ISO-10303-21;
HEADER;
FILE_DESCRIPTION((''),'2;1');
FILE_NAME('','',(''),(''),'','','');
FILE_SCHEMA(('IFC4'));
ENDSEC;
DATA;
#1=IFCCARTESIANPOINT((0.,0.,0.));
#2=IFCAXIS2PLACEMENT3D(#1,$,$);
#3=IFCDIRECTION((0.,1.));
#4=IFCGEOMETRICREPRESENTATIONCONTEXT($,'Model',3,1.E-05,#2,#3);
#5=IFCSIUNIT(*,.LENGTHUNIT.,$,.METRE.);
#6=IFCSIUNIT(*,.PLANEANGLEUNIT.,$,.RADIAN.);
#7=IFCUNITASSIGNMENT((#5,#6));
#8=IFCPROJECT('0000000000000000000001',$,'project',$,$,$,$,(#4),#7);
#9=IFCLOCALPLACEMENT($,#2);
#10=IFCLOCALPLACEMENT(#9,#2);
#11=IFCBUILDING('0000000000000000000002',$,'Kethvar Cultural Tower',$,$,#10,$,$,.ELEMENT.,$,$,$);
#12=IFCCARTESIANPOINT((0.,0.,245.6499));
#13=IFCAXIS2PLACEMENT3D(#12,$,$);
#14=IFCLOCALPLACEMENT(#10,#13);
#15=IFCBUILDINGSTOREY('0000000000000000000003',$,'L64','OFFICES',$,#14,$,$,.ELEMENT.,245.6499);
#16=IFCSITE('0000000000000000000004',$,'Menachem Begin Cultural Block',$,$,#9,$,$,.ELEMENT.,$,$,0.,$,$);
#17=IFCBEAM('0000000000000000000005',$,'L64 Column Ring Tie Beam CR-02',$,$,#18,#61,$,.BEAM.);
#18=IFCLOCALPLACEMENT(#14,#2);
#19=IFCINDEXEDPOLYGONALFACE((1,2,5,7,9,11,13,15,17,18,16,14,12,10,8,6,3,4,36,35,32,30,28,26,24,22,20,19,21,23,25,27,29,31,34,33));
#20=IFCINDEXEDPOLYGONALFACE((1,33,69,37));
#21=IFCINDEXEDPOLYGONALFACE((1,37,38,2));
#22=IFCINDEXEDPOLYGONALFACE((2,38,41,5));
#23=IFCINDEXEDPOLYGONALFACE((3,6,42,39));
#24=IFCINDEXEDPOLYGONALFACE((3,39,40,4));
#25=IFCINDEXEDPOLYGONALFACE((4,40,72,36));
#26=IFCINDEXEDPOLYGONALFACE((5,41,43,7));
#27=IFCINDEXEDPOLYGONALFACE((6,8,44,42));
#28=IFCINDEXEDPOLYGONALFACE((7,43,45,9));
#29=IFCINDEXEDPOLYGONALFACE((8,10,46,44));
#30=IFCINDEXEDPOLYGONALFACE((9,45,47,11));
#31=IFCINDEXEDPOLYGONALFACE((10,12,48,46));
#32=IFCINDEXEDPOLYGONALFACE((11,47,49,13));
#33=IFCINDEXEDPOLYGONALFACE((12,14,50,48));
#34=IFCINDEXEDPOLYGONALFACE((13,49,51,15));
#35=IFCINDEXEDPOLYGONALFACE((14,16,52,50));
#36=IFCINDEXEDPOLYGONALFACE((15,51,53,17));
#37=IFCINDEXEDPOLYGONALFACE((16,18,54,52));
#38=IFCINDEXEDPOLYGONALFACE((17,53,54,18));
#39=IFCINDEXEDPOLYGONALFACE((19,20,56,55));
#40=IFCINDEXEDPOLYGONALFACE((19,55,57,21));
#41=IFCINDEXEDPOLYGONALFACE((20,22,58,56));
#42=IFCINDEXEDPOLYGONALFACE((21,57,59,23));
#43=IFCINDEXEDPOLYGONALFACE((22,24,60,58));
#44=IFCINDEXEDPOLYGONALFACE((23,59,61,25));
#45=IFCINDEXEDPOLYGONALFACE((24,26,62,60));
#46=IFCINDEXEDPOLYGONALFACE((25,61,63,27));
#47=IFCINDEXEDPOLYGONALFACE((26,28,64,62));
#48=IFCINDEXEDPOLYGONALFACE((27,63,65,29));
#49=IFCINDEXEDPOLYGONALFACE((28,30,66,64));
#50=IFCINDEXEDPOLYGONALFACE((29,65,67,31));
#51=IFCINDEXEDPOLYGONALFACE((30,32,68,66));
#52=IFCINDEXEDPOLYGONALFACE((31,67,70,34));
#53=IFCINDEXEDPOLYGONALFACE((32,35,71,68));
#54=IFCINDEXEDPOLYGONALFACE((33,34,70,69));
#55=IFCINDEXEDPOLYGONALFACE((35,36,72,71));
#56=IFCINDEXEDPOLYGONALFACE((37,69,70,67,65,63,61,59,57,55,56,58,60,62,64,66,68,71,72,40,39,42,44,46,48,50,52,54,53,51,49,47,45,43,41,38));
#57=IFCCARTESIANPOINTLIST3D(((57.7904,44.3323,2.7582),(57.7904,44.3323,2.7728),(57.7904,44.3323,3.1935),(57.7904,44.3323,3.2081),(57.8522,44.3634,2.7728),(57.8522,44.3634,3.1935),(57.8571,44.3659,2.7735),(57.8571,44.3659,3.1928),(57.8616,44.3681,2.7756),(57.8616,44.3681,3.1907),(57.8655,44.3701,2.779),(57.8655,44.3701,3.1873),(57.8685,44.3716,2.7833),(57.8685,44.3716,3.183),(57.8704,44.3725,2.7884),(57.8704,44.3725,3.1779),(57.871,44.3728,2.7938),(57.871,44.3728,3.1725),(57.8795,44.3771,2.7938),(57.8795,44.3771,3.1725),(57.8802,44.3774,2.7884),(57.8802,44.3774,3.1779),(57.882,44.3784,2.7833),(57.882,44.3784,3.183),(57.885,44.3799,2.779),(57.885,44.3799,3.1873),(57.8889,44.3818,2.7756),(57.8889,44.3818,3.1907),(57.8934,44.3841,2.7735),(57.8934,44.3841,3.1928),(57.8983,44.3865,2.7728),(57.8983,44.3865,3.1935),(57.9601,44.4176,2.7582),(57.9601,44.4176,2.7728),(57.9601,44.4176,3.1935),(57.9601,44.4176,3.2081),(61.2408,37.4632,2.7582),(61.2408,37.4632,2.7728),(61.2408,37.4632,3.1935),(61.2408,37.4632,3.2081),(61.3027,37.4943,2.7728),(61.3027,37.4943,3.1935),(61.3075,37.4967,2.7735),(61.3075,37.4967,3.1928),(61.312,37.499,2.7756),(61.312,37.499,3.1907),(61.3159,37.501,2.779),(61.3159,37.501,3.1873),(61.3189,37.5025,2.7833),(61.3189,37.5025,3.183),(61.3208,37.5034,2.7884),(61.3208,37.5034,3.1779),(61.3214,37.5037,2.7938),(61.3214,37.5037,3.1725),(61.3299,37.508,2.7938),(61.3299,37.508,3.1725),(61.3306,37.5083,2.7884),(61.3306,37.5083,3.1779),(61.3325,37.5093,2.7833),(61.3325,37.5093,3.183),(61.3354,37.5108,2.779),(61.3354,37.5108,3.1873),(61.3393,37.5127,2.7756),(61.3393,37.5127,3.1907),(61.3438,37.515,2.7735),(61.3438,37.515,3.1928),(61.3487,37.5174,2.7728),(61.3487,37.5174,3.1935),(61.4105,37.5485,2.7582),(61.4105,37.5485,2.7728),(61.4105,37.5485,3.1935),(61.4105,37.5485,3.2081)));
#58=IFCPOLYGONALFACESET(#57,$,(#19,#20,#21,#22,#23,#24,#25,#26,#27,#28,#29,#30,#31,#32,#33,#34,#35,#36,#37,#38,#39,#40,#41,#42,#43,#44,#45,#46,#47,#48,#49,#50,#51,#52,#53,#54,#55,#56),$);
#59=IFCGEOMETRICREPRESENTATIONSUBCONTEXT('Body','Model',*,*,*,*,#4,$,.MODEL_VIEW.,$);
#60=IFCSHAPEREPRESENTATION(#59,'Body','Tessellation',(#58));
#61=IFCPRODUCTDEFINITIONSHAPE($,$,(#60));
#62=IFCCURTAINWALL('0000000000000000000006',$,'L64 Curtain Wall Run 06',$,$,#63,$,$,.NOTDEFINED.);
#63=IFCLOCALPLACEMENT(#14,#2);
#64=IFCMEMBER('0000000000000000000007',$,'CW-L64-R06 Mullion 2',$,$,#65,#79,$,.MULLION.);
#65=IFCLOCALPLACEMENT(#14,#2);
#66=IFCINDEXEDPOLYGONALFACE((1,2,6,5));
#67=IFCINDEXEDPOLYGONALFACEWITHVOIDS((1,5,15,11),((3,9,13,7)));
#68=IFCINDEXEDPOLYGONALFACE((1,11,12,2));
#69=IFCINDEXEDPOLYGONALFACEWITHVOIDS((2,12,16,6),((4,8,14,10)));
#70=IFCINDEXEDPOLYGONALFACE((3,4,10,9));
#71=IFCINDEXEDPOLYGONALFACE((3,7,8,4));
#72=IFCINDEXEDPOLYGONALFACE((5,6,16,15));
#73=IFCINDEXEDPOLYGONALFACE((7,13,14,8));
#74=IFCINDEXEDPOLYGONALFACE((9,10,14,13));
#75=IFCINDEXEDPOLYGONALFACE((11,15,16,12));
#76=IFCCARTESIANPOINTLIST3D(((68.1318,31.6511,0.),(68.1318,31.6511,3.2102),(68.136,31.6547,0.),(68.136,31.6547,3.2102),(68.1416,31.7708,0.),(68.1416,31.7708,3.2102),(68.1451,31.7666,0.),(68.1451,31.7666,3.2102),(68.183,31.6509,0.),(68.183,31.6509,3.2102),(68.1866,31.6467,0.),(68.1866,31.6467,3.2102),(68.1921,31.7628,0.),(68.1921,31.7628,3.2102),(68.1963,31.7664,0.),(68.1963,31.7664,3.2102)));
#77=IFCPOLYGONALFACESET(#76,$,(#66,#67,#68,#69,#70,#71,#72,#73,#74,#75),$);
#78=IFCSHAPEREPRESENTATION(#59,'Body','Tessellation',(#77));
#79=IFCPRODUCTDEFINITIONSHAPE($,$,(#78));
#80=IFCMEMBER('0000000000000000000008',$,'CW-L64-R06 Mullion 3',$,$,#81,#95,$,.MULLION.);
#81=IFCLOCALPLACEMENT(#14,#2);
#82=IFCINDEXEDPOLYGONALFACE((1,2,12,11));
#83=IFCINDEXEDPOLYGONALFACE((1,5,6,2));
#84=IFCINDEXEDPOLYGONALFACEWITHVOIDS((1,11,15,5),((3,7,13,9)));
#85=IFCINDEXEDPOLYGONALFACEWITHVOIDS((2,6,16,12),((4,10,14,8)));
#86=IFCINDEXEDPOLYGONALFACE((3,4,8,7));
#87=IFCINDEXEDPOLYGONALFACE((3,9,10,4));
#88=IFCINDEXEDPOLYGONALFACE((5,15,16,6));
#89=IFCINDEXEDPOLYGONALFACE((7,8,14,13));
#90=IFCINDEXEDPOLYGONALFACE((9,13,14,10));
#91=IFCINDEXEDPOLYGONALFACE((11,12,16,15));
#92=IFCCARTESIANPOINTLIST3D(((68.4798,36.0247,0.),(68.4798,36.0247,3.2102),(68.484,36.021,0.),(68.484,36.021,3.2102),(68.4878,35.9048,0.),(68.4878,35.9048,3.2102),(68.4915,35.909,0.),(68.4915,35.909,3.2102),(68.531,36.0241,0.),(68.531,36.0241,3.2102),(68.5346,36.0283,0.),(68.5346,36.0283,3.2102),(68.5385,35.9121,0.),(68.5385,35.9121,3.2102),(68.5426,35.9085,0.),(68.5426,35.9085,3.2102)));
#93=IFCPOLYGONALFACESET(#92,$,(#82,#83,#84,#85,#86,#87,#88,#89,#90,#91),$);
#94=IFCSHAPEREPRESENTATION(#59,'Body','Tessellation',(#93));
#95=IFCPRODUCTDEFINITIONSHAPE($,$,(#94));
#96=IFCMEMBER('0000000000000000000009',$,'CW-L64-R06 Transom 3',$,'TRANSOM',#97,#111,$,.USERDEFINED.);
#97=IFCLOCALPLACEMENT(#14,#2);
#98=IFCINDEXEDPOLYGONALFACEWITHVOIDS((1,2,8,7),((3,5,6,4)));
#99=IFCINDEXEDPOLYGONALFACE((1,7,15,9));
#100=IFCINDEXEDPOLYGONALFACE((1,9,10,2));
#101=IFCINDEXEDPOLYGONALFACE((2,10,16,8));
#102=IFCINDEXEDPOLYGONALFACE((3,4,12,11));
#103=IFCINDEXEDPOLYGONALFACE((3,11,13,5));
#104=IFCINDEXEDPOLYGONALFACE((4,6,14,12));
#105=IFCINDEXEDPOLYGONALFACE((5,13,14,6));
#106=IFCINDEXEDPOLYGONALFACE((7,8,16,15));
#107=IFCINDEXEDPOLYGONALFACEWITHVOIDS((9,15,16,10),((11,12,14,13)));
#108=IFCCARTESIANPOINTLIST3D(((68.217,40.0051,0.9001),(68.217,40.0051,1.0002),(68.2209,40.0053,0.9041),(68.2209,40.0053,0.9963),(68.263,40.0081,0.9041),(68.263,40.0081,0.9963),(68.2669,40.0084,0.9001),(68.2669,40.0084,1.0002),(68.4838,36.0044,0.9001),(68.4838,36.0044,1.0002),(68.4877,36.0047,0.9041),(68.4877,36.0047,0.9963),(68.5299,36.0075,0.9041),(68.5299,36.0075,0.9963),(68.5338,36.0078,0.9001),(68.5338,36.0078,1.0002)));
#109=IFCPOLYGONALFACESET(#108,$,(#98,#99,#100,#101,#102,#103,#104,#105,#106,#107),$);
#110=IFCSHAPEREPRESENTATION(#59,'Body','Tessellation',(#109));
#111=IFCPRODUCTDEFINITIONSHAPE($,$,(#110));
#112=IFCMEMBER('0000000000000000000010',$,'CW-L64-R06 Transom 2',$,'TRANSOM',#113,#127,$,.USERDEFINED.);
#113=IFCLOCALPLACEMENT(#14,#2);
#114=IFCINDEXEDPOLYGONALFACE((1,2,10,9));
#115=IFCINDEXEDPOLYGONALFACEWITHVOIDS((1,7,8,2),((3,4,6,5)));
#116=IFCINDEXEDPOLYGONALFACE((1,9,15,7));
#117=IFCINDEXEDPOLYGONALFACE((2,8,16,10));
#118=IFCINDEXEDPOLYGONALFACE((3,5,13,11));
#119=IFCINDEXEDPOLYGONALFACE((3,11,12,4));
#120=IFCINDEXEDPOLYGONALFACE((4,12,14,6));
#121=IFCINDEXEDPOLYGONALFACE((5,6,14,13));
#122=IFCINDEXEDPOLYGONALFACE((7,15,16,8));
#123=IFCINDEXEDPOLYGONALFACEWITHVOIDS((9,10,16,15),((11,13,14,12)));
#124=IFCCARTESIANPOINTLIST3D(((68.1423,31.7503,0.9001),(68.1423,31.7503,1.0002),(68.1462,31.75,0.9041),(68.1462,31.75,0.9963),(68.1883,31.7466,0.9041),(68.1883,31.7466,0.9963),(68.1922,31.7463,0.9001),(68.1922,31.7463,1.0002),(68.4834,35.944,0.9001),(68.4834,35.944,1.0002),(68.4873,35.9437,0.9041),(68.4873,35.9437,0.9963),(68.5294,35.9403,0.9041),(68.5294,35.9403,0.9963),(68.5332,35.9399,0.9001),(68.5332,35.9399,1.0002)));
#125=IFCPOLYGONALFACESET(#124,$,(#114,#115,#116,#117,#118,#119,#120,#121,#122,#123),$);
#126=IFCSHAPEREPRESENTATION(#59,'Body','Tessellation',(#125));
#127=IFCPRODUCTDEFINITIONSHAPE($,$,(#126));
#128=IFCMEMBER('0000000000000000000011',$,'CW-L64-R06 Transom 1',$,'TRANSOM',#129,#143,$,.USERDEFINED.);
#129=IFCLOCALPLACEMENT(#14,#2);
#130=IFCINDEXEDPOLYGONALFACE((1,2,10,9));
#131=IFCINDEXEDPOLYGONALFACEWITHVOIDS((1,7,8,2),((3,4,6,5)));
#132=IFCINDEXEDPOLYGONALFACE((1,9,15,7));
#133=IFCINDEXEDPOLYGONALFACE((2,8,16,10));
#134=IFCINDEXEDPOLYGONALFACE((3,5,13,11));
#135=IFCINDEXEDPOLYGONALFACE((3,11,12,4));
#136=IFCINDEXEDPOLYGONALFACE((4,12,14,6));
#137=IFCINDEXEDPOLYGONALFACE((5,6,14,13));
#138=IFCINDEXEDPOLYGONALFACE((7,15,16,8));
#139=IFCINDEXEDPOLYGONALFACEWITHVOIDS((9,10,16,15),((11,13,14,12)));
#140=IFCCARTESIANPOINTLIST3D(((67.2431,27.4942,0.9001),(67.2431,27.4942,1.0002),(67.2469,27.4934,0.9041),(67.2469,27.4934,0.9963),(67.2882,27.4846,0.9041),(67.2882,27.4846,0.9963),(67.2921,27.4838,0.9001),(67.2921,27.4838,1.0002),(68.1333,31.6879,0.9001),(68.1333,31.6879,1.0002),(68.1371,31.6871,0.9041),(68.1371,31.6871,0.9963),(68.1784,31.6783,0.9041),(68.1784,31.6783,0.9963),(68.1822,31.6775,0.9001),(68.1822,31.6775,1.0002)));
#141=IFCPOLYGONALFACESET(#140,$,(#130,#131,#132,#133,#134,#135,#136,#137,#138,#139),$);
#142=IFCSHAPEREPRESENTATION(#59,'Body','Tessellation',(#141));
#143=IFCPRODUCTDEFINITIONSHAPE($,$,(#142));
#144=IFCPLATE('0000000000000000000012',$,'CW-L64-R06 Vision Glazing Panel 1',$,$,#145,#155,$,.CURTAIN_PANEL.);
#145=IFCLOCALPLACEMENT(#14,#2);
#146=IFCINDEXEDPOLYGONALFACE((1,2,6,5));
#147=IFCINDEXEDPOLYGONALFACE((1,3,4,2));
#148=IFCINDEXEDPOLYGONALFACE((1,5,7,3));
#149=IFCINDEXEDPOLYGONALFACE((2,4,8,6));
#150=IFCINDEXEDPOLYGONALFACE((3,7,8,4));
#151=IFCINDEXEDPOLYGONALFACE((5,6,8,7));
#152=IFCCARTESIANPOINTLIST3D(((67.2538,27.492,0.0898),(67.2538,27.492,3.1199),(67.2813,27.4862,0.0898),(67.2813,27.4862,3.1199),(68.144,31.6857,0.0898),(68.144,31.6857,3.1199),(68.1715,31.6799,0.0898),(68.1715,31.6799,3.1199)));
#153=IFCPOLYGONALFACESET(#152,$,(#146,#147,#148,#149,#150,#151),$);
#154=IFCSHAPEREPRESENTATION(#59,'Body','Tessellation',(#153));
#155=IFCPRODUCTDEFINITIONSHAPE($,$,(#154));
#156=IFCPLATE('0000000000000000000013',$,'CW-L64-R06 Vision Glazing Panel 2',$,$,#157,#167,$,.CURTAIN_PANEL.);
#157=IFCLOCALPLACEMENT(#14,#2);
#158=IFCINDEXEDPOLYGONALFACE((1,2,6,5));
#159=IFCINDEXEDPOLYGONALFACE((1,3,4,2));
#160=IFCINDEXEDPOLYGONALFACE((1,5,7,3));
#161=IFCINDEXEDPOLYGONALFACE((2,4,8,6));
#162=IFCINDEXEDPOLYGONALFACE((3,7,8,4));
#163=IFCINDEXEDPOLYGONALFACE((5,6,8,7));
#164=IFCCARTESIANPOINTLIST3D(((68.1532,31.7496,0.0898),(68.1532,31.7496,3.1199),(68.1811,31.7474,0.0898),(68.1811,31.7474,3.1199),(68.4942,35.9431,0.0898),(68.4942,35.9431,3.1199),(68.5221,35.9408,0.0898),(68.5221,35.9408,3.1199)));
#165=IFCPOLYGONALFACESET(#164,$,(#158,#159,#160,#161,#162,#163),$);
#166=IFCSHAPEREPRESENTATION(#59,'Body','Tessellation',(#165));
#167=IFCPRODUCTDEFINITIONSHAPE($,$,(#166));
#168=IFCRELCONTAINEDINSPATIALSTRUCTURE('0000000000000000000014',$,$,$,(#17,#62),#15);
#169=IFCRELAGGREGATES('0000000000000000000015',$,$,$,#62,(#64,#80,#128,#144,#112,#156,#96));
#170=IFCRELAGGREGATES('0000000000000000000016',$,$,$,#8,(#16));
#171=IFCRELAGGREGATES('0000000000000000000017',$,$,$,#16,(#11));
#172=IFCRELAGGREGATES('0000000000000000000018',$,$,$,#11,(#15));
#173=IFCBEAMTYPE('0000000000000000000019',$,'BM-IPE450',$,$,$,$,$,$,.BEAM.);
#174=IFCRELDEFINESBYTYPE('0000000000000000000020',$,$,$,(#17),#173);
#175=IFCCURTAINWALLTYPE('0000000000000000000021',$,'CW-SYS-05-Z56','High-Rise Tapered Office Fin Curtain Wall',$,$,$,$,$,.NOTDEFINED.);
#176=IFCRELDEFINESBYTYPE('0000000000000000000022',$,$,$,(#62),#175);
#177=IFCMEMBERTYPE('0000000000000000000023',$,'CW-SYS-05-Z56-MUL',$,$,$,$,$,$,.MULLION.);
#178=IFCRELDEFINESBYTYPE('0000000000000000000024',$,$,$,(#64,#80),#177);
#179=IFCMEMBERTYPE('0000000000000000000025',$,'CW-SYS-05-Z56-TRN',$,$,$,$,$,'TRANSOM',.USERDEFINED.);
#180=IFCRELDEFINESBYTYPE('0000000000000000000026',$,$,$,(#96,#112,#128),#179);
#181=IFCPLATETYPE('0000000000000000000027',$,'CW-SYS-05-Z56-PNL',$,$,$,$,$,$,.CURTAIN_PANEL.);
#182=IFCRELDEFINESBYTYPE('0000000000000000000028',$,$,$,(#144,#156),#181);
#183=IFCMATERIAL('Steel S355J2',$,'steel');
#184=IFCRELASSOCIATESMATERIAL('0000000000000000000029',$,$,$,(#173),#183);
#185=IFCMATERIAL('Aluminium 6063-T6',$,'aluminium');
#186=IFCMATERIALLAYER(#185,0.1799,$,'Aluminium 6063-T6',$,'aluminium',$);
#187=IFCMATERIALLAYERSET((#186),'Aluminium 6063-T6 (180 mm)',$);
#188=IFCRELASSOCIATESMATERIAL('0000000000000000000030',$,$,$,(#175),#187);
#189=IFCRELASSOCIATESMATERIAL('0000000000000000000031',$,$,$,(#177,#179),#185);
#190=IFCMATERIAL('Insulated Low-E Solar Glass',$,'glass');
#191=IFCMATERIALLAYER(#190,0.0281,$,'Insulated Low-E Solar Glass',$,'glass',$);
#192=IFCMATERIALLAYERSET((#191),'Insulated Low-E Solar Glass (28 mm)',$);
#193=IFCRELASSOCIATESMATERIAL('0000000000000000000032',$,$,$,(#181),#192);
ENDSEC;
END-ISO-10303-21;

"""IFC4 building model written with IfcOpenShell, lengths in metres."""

from ifc_helpers import new_model, si_unit, direction, frame, origin, origin_2d, place, context, subcontext, project, spatial, rectangle, hollow_rectangle, i_section, extrude, source, transform, mapped, material, layer, layer_set, material_profile, profile_set, type_object, element, aggregate, save


model = new_model("IFC4")

# Units and contexts
model_context = context("Model", 3, precision=1e-05, world=origin(), true_north=direction((0.0, 1.0)))
body_context = subcontext(model_context, "Body", "Model", "MODEL_VIEW")
ifc_project = project(units=[si_unit("LENGTHUNIT", "METRE"), si_unit("PLANEANGLEUNIT", "RADIAN")], contexts=[model_context])

# Site, building, storey
site_placement = place(None, origin())
site = spatial("IfcSite", under=ifc_project, at=site_placement, Name="Menachem Begin Cultural Block", CompositionType="ELEMENT", RefElevation=0.0)
building_placement = place(site_placement, origin())
building = spatial("IfcBuilding", under=site, at=building_placement, Name="Kethvar Cultural Tower", CompositionType="ELEMENT")
storey_placement = place(building_placement, frame((0.0, 0.0, 245.6499)))
storey = spatial("IfcBuildingStorey", under=building, at=storey_placement, Name="L64", Description="OFFICES", CompositionType="ELEMENT", Elevation=245.6499)

# Beam
ifc_material_1 = material(Name="Steel S355J2", Category="steel")
ifc_material_profile_1 = material_profile(ifc_material_1, i_section(OverallWidth=0.1899, OverallDepth=0.45, WebThickness=0.0095, FlangeThickness=0.0146, FilletRadius=0.021, at=origin_2d()), Name="Steel S355J2 — IPE450")
ifc_profile_set_1 = profile_set([ifc_material_profile_1], Name="Steel S355J2 — IPE450")
beam_type_1 = type_object("IfcBeamType", Name="BM-IPE450", PredefinedType="BEAM", material=ifc_profile_set_1)
shared_shape_1 = source(origin(), body_context, "Body", "SweptSolid", [
    extrude(i_section(OverallWidth=0.1899, OverallDepth=0.45, WebThickness=0.0095, FlangeThickness=0.0146, FilletRadius=0.021, at=origin_2d()), origin(), (0.0, 0.0, 1.0), 7.687),
])
beam_1_placement = place(storey_placement, frame((61.3257, 37.5059, 2.9832), z_axis=(-0.448864, 0.8936, 0.0), x_axis=(-0.8936, -0.448864, 0.0)))
element("IfcBeam", 1, at=beam_1_placement, inside=storey, type_object=beam_type_1, Name="L64 Column Ring Tie Beam CR-02", PredefinedType="BEAM", context=body_context, shape_type="MappedRepresentation", body=[
    mapped(shared_shape_1, transform((0.0, 0.0, 0.0), scale=1.0)),
])

# Curtain wall, members, plates
ifc_material_2 = material(Name="Aluminium 6063-T6", Category="aluminium")
ifc_layer_1 = layer(ifc_material_2, 0.1799, Name="Aluminium 6063-T6", Category="aluminium")
ifc_layer_set_1 = layer_set([ifc_layer_1], Name="Aluminium 6063-T6 (180 mm)")
curtain_wall_type = type_object("IfcCurtainWallType", Name="CW-SYS-05-Z56", Description="High-Rise Tapered Office Fin Curtain Wall", PredefinedType="NOTDEFINED", material=ifc_layer_set_1)
curtain_wall_placement = place(storey_placement, origin())
curtain_wall = element("IfcCurtainWall", 2, at=curtain_wall_placement, inside=storey, type_object=curtain_wall_type, Name="L64 Curtain Wall Run 06", PredefinedType="NOTDEFINED")
ifc_material_profile_2 = material_profile(ifc_material_2, hollow_rectangle(XDim=0.0549, YDim=0.1201, WallThickness=0.0039, at=origin_2d()), Name="Aluminium 6063-T6 — RHS120x55x4")
ifc_profile_set_2 = profile_set([ifc_material_profile_2], Name="Aluminium 6063-T6 — RHS120x55x4")
member_type_1 = type_object("IfcMemberType", Name="CW-SYS-05-Z56-MUL", PredefinedType="MULLION", material=ifc_profile_set_2)
shared_shape_2 = source(origin(), body_context, "Body", "SweptSolid", [
    extrude(hollow_rectangle(XDim=0.0549, YDim=0.1201, WallThickness=0.0039, at=origin_2d()), origin(), (0.0, 0.0, 1.0), 3.2102),
])
member_1_placement = place(storey_placement, frame((68.1641, 31.7087, 0.0), z_axis=(0.0, 0.0, 1.0), x_axis=(-0.99671, 0.081051, 0.0)))
member_1 = element("IfcMember", 3, at=member_1_placement, type_object=member_type_1, Name="CW-L64-R06 Mullion 2", PredefinedType="MULLION", context=body_context, shape_type="MappedRepresentation", body=[
    mapped(shared_shape_2, transform((0.0, 0.0, 0.0), scale=1.0)),
])
member_2_placement = place(storey_placement, frame((68.5112, 35.9666, 0.0), z_axis=(0.0, 0.0, 1.0), x_axis=(-0.997783, -0.066553, 0.0)))
member_2 = element("IfcMember", 4, at=member_2_placement, type_object=member_type_1, Name="CW-L64-R06 Mullion 3", PredefinedType="MULLION", context=body_context, shape_type="MappedRepresentation", body=[
    mapped(shared_shape_2, transform((0.0, 0.0, 0.0), scale=1.0)),
])
ifc_material_profile_3 = material_profile(ifc_material_2, hollow_rectangle(XDim=0.05, YDim=0.1001, WallThickness=0.0039, at=origin_2d()), Name="Aluminium 6063-T6 — RHS100x50x4")
ifc_profile_set_3 = profile_set([ifc_material_profile_3], Name="Aluminium 6063-T6 — RHS100x50x4")
member_type_2 = type_object("IfcMemberType", Name="CW-SYS-05-Z56-TRN", ElementType="TRANSOM", PredefinedType="USERDEFINED", material=ifc_profile_set_3)
shared_shape_3 = source(origin(), body_context, "Body", "SweptSolid", [
    extrude(hollow_rectangle(XDim=0.05, YDim=0.1001, WallThickness=0.0039, at=origin_2d()), origin(), (0.0, 0.0, 1.0), 4.0095),
])
member_3_placement = place(storey_placement, frame((68.5088, 36.0061, 0.9502), z_axis=(-0.066551, 0.997783, 0.0), x_axis=(-0.997783, -0.066551, 0.0)))
member_3 = element("IfcMember", 5, at=member_3_placement, type_object=member_type_2, Name="CW-L64-R06 Transom 3", ObjectType="TRANSOM", PredefinedType="USERDEFINED", context=body_context, shape_type="MappedRepresentation", body=[
    mapped(shared_shape_3, transform((0.0, 0.0, 0.0), scale=1.0)),
])
shared_shape_4 = source(origin(), body_context, "Body", "SweptSolid", [
    extrude(hollow_rectangle(XDim=0.05, YDim=0.1001, WallThickness=0.0039, at=origin_2d()), origin(), (0.0, 0.0, 1.0), 4.2075),
])
member_4_placement = place(storey_placement, frame((68.1672, 31.7483, 0.9502), z_axis=(0.081062, 0.996709, 0.0), x_axis=(-0.996709, 0.081062, 0.0)))
member_4 = element("IfcMember", 6, at=member_4_placement, type_object=member_type_2, Name="CW-L64-R06 Transom 2", ObjectType="TRANSOM", PredefinedType="USERDEFINED", context=body_context, shape_type="MappedRepresentation", body=[
    mapped(shared_shape_4, transform((0.0, 0.0, 0.0), scale=1.0)),
])
shared_shape_5 = source(origin(), body_context, "Body", "SweptSolid", [
    extrude(hollow_rectangle(XDim=0.05, YDim=0.1001, WallThickness=0.0039, at=origin_2d()), origin(), (0.0, 0.0, 1.0), 4.2871),
])
member_5_placement = place(storey_placement, frame((67.2676, 27.489, 0.9502), z_axis=(0.207635, 0.978206, 0.0), x_axis=(-0.978206, 0.207635, 0.0)))
member_5 = element("IfcMember", 7, at=member_5_placement, type_object=member_type_2, Name="CW-L64-R06 Transom 1", ObjectType="TRANSOM", PredefinedType="USERDEFINED", context=body_context, shape_type="MappedRepresentation", body=[
    mapped(shared_shape_5, transform((0.0, 0.0, 0.0), scale=1.0)),
])
ifc_material_3 = material(Name="Insulated Low-E Solar Glass", Category="glass")
ifc_layer_2 = layer(ifc_material_3, 0.0281, Name="Insulated Low-E Solar Glass", Category="glass")
ifc_layer_set_2 = layer_set([ifc_layer_2], Name="Insulated Low-E Solar Glass (28 mm)")
plate_type = type_object("IfcPlateType", Name="CW-SYS-05-Z56-PNL", PredefinedType="CURTAIN_PANEL", material=ifc_layer_set_2)
shared_shape_6 = source(origin(), body_context, "Body", "SweptSolid", [
    extrude(rectangle(XDim=4.2871, YDim=0.0281, at=origin_2d()), origin(), (0.0, 0.0, 1.0), 3.03),
])
plate_1_placement = place(storey_placement, frame((67.7126, 29.5859, 0.0898), z_axis=(0.0, 0.0, 1.0), x_axis=(0.207639, 0.978206, 0.0)))
plate_1 = element("IfcPlate", 8, at=plate_1_placement, type_object=plate_type, Name="CW-L64-R06 Vision Glazing Panel 1", PredefinedType="CURTAIN_PANEL", context=body_context, shape_type="MappedRepresentation", body=[
    mapped(shared_shape_6, transform((0.0, 0.0, 0.0), scale=1.0)),
])
shared_shape_7 = source(origin(), body_context, "Body", "SweptSolid", [
    extrude(rectangle(XDim=4.2073, YDim=0.0281, at=origin_2d()), origin(), (0.0, 0.0, 1.0), 3.03),
])
plate_2_placement = place(storey_placement, frame((68.3376, 33.8452, 0.0898), z_axis=(0.0, 0.0, 1.0), x_axis=(0.081051, 0.99671, 0.0)))
plate_2 = element("IfcPlate", 9, at=plate_2_placement, type_object=plate_type, Name="CW-L64-R06 Vision Glazing Panel 2", PredefinedType="CURTAIN_PANEL", context=body_context, shape_type="MappedRepresentation", body=[
    mapped(shared_shape_7, transform((0.0, 0.0, 0.0), scale=1.0)),
])
aggregate(curtain_wall, [member_1, member_2, member_5, plate_1, member_4, plate_2, member_3])

save(model, "model.ifc")
